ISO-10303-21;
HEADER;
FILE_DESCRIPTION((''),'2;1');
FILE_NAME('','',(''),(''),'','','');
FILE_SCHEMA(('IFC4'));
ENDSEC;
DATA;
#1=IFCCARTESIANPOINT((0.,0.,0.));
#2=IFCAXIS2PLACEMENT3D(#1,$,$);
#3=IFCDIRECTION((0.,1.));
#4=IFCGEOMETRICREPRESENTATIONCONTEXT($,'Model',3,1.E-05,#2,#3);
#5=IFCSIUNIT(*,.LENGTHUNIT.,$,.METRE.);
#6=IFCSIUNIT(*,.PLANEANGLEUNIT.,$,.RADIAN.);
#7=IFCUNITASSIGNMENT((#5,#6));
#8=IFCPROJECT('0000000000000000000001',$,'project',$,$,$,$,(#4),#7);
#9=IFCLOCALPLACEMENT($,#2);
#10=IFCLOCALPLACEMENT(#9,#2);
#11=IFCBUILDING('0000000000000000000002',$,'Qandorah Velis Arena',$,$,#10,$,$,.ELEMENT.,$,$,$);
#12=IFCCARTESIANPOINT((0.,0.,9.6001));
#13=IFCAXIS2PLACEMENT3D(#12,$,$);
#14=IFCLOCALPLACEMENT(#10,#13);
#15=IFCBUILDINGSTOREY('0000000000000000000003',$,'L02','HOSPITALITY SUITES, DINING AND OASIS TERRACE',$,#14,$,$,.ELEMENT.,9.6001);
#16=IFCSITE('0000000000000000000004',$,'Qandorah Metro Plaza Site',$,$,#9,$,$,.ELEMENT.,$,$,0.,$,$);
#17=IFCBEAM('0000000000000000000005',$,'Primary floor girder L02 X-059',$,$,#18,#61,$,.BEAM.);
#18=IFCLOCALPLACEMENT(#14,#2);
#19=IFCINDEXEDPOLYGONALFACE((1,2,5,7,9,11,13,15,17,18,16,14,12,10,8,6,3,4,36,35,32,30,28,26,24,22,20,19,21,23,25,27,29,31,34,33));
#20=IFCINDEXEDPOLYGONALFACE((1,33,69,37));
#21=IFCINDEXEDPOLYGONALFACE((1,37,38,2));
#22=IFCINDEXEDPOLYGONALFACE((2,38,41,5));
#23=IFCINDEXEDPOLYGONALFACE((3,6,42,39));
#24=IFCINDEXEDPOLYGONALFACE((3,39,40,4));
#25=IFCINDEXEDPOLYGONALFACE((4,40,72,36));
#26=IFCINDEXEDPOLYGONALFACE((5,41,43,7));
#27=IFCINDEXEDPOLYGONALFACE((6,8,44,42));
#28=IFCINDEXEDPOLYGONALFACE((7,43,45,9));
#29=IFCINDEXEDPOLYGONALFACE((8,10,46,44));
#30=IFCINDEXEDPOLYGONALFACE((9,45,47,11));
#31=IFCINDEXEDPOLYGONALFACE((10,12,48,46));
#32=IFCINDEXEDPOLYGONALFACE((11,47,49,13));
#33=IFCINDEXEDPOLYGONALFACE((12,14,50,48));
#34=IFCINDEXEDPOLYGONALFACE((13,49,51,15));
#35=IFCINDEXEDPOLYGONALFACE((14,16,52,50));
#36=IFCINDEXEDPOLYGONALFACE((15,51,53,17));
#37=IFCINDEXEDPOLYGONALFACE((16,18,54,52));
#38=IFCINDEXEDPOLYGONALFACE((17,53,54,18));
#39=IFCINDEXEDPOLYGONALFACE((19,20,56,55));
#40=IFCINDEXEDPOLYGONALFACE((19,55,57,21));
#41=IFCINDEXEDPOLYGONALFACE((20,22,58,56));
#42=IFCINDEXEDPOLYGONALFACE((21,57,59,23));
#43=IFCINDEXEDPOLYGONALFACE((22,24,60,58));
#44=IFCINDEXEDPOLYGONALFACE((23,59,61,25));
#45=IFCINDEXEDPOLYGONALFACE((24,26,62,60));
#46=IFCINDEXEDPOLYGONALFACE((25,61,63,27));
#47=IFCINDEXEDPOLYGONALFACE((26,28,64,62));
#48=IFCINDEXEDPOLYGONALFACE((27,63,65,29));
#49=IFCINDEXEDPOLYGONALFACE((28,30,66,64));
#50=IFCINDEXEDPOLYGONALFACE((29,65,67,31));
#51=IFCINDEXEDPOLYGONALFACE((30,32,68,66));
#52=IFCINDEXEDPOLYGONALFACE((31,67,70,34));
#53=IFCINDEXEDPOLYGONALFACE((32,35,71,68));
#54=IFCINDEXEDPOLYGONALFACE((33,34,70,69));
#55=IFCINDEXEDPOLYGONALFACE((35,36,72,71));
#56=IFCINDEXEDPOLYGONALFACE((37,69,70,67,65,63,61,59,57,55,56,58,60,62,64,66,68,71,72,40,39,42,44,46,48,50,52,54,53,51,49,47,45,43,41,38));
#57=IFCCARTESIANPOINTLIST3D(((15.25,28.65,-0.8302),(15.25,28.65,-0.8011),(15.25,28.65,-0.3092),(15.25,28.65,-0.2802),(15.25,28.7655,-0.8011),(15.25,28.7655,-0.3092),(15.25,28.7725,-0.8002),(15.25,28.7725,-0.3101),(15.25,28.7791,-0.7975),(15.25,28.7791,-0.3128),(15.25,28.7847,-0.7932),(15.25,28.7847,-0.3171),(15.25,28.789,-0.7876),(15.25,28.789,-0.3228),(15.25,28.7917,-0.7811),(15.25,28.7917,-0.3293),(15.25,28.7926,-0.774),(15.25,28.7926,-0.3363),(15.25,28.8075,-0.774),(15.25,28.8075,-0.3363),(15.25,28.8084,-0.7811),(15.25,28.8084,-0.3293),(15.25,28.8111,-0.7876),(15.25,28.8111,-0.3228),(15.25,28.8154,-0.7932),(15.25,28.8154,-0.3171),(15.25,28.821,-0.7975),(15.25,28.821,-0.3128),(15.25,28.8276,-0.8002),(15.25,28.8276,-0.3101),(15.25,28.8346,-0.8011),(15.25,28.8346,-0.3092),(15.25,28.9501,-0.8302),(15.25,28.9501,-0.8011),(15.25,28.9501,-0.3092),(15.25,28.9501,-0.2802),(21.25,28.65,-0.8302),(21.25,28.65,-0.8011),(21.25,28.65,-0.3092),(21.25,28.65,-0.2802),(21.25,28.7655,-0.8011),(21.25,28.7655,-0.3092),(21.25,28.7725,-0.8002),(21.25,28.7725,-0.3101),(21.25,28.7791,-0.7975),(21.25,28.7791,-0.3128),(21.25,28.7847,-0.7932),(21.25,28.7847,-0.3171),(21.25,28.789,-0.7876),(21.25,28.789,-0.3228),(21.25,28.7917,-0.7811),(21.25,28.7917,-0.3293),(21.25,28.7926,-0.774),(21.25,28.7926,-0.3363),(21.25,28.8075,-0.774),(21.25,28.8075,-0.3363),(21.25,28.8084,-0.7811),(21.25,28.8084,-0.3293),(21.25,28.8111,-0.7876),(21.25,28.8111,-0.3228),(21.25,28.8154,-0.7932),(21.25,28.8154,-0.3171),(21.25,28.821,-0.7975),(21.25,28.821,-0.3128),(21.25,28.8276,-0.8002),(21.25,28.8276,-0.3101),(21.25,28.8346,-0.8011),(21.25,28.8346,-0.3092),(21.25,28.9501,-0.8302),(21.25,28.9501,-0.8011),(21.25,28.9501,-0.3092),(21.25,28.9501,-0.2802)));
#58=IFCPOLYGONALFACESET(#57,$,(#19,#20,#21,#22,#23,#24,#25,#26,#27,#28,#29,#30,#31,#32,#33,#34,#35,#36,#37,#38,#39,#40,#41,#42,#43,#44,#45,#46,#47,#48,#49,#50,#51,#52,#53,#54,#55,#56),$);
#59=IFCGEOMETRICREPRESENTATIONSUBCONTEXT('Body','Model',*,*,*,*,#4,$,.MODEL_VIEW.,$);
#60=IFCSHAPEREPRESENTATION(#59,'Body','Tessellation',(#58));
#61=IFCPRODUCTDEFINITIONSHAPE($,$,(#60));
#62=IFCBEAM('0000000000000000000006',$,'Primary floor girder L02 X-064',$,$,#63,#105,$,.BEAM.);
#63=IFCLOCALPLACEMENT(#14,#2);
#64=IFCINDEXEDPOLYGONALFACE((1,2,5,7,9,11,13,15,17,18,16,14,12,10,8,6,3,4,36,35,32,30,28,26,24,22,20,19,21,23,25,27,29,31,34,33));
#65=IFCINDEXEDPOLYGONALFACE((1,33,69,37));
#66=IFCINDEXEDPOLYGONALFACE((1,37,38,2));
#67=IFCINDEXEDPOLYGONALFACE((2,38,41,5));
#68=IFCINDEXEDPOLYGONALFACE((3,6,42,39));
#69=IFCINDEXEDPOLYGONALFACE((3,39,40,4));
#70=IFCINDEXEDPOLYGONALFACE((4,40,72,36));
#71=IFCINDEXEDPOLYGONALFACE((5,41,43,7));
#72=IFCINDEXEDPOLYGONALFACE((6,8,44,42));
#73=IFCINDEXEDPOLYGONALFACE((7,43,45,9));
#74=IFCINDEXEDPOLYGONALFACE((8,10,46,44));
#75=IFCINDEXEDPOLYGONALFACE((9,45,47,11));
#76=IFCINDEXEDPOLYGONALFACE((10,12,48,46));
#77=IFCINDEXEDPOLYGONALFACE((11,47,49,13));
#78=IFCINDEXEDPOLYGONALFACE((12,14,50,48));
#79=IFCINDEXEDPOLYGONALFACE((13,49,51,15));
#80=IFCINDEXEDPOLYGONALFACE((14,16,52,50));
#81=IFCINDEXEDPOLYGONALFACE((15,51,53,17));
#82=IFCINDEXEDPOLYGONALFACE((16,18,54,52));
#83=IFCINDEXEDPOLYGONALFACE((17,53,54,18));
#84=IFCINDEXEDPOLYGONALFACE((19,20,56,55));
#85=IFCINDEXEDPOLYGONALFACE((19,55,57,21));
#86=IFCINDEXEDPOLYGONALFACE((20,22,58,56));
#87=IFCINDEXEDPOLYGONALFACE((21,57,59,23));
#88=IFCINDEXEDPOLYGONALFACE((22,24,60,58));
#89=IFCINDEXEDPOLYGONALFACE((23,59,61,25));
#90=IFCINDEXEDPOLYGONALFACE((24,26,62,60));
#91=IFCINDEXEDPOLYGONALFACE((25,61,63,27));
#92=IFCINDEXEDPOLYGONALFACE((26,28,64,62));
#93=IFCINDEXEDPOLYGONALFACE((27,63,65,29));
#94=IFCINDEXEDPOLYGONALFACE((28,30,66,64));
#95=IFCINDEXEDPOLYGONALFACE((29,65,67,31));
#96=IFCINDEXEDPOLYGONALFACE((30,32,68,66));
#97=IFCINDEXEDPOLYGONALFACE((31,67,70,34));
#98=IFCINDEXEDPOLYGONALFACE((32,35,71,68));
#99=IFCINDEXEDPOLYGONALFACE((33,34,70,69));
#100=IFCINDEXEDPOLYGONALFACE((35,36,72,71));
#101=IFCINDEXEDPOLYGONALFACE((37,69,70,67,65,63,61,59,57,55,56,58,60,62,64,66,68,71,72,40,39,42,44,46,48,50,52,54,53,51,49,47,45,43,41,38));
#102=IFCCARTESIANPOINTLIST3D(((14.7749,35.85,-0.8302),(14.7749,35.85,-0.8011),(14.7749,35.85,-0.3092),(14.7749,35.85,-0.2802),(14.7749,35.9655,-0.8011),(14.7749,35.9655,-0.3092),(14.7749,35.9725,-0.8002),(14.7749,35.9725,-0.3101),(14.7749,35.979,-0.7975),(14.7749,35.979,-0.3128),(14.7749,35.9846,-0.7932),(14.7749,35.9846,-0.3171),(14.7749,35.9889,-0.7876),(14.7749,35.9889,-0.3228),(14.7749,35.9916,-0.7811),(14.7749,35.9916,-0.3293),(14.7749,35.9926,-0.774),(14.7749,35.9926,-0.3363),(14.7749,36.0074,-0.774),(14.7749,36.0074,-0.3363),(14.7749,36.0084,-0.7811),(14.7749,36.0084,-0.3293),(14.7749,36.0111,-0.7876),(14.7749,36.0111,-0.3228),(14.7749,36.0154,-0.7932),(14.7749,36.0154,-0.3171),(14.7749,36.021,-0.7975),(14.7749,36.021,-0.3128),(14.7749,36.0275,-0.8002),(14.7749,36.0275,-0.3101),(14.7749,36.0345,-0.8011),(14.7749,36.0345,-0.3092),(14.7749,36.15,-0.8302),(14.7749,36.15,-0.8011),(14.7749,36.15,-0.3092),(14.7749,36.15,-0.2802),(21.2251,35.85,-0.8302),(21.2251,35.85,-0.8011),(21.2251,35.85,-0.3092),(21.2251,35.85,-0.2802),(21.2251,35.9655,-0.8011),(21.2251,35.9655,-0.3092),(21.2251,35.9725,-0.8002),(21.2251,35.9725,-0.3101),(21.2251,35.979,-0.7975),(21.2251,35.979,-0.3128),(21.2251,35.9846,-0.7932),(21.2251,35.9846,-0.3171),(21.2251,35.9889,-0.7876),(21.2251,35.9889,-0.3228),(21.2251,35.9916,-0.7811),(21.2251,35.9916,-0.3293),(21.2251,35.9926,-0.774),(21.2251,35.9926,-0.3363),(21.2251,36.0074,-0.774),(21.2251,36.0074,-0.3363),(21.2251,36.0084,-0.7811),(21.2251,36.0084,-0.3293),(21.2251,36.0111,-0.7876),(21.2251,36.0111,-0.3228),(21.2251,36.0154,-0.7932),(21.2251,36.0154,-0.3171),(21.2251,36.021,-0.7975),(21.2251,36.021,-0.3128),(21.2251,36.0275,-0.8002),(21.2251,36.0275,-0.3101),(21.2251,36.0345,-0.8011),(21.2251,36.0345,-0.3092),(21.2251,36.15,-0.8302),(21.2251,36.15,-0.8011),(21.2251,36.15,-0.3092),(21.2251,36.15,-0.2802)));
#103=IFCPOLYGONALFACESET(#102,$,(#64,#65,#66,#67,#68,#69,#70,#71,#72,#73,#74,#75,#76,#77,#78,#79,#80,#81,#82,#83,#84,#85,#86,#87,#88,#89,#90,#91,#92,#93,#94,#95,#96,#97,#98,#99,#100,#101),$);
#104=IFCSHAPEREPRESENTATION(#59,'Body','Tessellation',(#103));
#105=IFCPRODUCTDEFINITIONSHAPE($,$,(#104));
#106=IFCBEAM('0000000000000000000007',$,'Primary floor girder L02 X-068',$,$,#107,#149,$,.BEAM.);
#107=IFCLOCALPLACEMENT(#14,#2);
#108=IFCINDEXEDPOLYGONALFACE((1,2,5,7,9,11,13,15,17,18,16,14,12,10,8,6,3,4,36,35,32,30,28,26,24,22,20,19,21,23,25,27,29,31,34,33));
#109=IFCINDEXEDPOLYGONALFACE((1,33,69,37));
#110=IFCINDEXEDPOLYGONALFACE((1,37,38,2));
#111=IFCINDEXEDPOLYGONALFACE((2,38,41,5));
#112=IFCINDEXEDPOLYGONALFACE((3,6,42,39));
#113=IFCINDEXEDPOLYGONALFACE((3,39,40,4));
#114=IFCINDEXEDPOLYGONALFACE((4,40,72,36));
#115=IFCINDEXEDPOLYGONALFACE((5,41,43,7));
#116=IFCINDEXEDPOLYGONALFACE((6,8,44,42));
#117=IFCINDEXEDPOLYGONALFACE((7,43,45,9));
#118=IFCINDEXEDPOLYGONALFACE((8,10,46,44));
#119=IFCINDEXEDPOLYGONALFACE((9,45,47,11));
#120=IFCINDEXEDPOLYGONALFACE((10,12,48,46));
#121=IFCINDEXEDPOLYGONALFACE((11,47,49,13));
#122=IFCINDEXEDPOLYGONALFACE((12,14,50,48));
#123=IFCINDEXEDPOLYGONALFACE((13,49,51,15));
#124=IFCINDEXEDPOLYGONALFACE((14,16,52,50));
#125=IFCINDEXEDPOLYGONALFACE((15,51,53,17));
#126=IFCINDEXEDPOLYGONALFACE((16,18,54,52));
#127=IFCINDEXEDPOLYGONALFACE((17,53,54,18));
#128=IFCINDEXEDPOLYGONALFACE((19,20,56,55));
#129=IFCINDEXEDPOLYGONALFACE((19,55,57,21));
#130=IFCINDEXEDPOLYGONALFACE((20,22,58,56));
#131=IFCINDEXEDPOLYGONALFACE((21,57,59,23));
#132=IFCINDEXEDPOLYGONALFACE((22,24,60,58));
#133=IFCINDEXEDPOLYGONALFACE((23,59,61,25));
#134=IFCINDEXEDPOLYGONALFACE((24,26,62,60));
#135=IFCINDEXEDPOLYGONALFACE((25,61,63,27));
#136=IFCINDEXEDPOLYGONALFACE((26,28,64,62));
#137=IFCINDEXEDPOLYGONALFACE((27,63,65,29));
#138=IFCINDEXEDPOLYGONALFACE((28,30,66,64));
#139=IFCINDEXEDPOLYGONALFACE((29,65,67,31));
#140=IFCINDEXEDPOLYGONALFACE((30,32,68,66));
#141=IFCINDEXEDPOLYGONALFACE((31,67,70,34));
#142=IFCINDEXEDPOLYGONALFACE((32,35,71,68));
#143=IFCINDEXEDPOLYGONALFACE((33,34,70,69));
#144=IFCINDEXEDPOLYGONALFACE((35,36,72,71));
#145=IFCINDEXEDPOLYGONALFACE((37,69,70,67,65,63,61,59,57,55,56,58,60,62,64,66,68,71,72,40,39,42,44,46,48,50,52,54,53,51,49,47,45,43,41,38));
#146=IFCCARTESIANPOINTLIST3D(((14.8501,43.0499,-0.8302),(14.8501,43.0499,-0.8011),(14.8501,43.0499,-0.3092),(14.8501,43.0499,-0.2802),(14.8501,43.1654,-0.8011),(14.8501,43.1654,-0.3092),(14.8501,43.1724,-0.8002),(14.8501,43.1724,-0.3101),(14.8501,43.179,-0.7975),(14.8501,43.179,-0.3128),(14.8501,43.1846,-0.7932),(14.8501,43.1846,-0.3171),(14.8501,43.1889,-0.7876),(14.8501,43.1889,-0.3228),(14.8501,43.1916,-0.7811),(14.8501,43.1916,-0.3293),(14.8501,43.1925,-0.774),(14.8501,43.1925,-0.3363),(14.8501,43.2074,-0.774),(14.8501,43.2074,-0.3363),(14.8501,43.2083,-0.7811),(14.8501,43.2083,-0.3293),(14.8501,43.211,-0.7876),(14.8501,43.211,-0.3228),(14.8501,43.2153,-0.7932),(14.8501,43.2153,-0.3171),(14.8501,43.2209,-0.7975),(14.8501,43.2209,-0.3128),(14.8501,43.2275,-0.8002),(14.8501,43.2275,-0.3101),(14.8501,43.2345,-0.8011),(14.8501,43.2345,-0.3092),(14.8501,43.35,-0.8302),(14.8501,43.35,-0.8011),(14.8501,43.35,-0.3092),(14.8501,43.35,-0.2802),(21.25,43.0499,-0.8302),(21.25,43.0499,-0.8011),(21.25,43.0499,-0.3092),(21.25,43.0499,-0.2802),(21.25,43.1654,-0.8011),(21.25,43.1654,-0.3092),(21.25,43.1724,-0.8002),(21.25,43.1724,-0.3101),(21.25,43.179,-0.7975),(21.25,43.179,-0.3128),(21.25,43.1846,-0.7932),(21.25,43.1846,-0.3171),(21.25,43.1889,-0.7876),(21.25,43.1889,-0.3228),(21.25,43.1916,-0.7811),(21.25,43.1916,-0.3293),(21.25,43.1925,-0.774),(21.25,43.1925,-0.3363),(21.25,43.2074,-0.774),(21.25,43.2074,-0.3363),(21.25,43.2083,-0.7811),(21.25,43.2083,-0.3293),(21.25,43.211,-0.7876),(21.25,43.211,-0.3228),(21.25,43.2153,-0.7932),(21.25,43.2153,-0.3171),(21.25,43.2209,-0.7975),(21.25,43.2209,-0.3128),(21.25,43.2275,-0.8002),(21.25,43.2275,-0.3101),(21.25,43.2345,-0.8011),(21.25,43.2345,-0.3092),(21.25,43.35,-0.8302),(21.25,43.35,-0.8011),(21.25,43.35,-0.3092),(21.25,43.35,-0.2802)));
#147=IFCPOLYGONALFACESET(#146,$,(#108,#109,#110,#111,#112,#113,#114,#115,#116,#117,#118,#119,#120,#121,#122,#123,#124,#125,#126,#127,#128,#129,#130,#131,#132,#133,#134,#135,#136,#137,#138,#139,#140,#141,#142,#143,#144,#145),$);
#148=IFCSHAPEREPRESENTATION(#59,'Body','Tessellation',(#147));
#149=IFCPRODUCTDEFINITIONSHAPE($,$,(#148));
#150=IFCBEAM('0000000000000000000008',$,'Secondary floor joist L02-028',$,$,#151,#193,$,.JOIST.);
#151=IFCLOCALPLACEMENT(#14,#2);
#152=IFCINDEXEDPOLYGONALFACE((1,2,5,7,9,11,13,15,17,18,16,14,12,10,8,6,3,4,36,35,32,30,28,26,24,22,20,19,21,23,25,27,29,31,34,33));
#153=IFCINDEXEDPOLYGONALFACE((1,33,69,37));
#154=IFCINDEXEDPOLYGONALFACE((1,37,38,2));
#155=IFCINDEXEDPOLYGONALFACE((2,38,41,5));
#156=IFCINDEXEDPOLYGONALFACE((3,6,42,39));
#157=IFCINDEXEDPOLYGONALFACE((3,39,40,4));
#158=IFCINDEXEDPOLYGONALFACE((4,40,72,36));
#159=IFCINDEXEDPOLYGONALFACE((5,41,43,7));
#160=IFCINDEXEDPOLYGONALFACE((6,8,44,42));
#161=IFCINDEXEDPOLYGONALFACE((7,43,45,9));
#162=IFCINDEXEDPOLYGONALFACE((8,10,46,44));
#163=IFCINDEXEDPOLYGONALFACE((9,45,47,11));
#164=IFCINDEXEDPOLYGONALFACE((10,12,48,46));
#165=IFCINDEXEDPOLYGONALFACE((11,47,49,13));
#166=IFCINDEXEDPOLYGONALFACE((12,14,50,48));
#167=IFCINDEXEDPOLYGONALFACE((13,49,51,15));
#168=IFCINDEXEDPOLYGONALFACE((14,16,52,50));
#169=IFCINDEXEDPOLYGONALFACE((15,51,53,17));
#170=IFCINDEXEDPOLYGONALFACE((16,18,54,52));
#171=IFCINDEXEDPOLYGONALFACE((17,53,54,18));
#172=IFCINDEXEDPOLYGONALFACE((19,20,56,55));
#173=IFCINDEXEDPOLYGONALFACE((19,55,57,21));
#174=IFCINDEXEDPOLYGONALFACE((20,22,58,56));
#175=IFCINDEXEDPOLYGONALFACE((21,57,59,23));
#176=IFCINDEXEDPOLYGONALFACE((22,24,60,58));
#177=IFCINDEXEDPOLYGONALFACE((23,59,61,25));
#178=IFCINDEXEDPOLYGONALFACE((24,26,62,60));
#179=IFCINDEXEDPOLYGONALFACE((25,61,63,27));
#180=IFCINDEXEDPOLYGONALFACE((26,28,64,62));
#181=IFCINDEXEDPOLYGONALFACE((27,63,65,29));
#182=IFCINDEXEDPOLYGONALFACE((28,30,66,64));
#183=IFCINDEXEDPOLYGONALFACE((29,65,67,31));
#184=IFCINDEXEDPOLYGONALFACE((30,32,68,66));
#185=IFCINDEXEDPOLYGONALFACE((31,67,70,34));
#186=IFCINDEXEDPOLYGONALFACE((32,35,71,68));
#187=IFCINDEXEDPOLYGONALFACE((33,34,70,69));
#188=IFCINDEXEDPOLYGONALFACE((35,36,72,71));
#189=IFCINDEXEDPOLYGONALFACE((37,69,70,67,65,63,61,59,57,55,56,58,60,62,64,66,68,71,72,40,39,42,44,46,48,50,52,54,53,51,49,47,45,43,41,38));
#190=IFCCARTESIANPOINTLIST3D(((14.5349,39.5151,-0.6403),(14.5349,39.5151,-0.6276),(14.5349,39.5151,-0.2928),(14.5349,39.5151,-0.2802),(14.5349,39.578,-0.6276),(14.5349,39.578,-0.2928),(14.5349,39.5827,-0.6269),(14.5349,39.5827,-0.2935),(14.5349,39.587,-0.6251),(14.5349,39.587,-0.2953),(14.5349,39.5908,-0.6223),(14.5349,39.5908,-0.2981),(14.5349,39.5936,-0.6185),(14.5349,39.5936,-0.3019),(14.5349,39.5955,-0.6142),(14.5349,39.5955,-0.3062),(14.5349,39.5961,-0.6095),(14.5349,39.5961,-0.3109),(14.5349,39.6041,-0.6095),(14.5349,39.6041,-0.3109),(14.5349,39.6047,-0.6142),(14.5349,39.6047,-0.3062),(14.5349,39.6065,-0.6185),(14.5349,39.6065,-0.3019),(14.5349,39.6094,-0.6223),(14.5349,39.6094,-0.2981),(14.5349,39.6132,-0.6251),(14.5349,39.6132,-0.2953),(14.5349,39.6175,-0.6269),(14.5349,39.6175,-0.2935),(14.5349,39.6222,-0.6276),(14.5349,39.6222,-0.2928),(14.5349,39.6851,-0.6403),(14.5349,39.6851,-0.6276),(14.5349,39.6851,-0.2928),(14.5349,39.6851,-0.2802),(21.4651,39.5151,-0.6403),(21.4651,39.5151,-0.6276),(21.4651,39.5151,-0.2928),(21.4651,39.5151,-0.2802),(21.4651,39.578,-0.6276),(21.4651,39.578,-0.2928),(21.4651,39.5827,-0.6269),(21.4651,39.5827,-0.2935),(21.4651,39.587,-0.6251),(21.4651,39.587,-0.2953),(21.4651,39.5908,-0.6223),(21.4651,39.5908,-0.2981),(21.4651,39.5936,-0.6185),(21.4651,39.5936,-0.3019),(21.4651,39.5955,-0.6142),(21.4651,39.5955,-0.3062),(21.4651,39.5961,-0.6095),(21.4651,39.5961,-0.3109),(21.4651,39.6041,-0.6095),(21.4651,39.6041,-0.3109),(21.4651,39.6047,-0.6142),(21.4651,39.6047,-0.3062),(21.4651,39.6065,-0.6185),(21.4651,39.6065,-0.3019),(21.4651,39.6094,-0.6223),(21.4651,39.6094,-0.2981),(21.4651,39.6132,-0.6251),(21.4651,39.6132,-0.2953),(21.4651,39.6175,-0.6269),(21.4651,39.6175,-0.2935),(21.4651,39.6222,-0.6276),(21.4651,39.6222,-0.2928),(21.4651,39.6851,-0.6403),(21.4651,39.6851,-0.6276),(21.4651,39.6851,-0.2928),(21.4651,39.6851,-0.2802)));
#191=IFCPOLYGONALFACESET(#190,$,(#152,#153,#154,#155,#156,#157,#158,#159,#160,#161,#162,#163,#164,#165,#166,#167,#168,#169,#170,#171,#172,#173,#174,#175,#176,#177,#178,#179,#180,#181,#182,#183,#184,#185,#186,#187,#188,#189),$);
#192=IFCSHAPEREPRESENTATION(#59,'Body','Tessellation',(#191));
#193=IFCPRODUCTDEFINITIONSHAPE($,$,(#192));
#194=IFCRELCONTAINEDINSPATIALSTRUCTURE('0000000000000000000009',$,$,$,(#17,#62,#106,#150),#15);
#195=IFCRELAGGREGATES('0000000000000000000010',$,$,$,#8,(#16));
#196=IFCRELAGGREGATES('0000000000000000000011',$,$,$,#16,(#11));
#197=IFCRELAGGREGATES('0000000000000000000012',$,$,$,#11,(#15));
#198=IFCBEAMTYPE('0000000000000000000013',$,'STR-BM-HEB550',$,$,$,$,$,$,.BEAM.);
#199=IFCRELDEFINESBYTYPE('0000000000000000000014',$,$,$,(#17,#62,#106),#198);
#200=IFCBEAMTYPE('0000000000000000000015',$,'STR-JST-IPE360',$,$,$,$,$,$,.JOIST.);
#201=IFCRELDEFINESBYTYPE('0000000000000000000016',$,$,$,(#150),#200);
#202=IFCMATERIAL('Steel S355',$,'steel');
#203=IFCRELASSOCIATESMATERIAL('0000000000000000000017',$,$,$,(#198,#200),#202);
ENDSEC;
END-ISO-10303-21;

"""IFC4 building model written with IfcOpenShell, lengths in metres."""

from ifc_helpers import new_model, si_unit, direction, frame, origin, origin_2d, place, context, subcontext, project, spatial, i_section, extrude, material, material_profile, profile_set, type_object, element, save


model = new_model("IFC4")

# Units and contexts
model_context = context("Model", 3, precision=1e-05, world=origin(), true_north=direction((0.0, 1.0)))
body_context = subcontext(model_context, "Body", "Model", "MODEL_VIEW")
ifc_project = project(units=[si_unit("LENGTHUNIT", "METRE"), si_unit("PLANEANGLEUNIT", "RADIAN")], contexts=[model_context])

# Site, building, storey
site_placement = place(None, origin())
site = spatial("IfcSite", under=ifc_project, at=site_placement, Name="Qandorah Metro Plaza Site", CompositionType="ELEMENT", RefElevation=0.0)
building_placement = place(site_placement, origin())
building = spatial("IfcBuilding", under=site, at=building_placement, Name="Qandorah Velis Arena", CompositionType="ELEMENT")
storey_placement = place(building_placement, frame((0.0, 0.0, 9.6001)))
storey = spatial("IfcBuildingStorey", under=building, at=storey_placement, Name="L02", Description="HOSPITALITY SUITES, DINING AND OASIS TERRACE", CompositionType="ELEMENT", Elevation=9.6001)

# Shared definitions
ifc_material_1 = material(Name="Steel S355", Category="steel")

# Beams
ifc_material_profile_1 = material_profile(ifc_material_1, i_section(OverallWidth=0.3, OverallDepth=0.55, WebThickness=0.0149, FlangeThickness=0.0291, FilletRadius=0.0271, at=origin_2d()), Name="HEB 550")
ifc_profile_set_1 = profile_set([ifc_material_profile_1], Name="Steel S355")
beam_type_1 = type_object("IfcBeamType", Name="STR-BM-HEB550", PredefinedType="BEAM", material=ifc_profile_set_1)
beam_1_placement = place(storey_placement, frame((15.25, 28.8, -0.5552), z_axis=(1.0, 0.0, 0.0), x_axis=(0.0, 1.0, 0.0)))
element("IfcBeam", 1, at=beam_1_placement, inside=storey, type_object=beam_type_1, Name="Primary floor girder L02 X-059", PredefinedType="BEAM", context=body_context, shape_type="SweptSolid", body=[
    extrude(i_section(OverallWidth=0.3, OverallDepth=0.55, WebThickness=0.0149, FlangeThickness=0.0291, FilletRadius=0.0271, at=origin_2d()), origin(), (0.0, 0.0, 1.0), 6.0),
])
beam_2_placement = place(storey_placement, frame((14.7749, 36.0, -0.5552), z_axis=(1.0, 0.0, 0.0), x_axis=(0.0, 1.0, 0.0)))
element("IfcBeam", 2, at=beam_2_placement, inside=storey, type_object=beam_type_1, Name="Primary floor girder L02 X-064", PredefinedType="BEAM", context=body_context, shape_type="SweptSolid", body=[
    extrude(i_section(OverallWidth=0.3, OverallDepth=0.55, WebThickness=0.0149, FlangeThickness=0.0291, FilletRadius=0.0271, at=origin_2d()), origin(), (0.0, 0.0, 1.0), 6.4502),
])
beam_3_placement = place(storey_placement, frame((14.8501, 43.2, -0.5552), z_axis=(1.0, 0.0, 0.0), x_axis=(0.0, 1.0, 0.0)))
element("IfcBeam", 3, at=beam_3_placement, inside=storey, type_object=beam_type_1, Name="Primary floor girder L02 X-068", PredefinedType="BEAM", context=body_context, shape_type="SweptSolid", body=[
    extrude(i_section(OverallWidth=0.3, OverallDepth=0.55, WebThickness=0.0149, FlangeThickness=0.0291, FilletRadius=0.0271, at=origin_2d()), origin(), (0.0, 0.0, 1.0), 6.3999),
])
ifc_material_profile_2 = material_profile(ifc_material_1, i_section(OverallWidth=0.1699, OverallDepth=0.3601, WebThickness=0.0081, FlangeThickness=0.0127, FilletRadius=0.0181, at=origin_2d()), Name="IPE 360")
ifc_profile_set_2 = profile_set([ifc_material_profile_2], Name="Steel S355")
beam_type_2 = type_object("IfcBeamType", Name="STR-JST-IPE360", PredefinedType="JOIST", material=ifc_profile_set_2)
for number, where, z_axis, x_axis, name in (
    (4, (14.5349, 39.6001, -0.4602), (1.0, 0.0, 0.0), (0.0, 1.0, 0.0), "Secondary floor joist L02-028"),
):
    element("IfcBeam", number, at=place(storey_placement, frame(where, z_axis=z_axis, x_axis=x_axis)), inside=storey, type_object=beam_type_2, Name=name, PredefinedType="JOIST", context=body_context, shape_type="SweptSolid", body=[
        extrude(i_section(OverallWidth=0.1699, OverallDepth=0.3601, WebThickness=0.0081, FlangeThickness=0.0127, FilletRadius=0.0181, at=origin_2d()), origin(), (0.0, 0.0, 1.0), 6.9302),
    ])

save(model, "model.ifc")
